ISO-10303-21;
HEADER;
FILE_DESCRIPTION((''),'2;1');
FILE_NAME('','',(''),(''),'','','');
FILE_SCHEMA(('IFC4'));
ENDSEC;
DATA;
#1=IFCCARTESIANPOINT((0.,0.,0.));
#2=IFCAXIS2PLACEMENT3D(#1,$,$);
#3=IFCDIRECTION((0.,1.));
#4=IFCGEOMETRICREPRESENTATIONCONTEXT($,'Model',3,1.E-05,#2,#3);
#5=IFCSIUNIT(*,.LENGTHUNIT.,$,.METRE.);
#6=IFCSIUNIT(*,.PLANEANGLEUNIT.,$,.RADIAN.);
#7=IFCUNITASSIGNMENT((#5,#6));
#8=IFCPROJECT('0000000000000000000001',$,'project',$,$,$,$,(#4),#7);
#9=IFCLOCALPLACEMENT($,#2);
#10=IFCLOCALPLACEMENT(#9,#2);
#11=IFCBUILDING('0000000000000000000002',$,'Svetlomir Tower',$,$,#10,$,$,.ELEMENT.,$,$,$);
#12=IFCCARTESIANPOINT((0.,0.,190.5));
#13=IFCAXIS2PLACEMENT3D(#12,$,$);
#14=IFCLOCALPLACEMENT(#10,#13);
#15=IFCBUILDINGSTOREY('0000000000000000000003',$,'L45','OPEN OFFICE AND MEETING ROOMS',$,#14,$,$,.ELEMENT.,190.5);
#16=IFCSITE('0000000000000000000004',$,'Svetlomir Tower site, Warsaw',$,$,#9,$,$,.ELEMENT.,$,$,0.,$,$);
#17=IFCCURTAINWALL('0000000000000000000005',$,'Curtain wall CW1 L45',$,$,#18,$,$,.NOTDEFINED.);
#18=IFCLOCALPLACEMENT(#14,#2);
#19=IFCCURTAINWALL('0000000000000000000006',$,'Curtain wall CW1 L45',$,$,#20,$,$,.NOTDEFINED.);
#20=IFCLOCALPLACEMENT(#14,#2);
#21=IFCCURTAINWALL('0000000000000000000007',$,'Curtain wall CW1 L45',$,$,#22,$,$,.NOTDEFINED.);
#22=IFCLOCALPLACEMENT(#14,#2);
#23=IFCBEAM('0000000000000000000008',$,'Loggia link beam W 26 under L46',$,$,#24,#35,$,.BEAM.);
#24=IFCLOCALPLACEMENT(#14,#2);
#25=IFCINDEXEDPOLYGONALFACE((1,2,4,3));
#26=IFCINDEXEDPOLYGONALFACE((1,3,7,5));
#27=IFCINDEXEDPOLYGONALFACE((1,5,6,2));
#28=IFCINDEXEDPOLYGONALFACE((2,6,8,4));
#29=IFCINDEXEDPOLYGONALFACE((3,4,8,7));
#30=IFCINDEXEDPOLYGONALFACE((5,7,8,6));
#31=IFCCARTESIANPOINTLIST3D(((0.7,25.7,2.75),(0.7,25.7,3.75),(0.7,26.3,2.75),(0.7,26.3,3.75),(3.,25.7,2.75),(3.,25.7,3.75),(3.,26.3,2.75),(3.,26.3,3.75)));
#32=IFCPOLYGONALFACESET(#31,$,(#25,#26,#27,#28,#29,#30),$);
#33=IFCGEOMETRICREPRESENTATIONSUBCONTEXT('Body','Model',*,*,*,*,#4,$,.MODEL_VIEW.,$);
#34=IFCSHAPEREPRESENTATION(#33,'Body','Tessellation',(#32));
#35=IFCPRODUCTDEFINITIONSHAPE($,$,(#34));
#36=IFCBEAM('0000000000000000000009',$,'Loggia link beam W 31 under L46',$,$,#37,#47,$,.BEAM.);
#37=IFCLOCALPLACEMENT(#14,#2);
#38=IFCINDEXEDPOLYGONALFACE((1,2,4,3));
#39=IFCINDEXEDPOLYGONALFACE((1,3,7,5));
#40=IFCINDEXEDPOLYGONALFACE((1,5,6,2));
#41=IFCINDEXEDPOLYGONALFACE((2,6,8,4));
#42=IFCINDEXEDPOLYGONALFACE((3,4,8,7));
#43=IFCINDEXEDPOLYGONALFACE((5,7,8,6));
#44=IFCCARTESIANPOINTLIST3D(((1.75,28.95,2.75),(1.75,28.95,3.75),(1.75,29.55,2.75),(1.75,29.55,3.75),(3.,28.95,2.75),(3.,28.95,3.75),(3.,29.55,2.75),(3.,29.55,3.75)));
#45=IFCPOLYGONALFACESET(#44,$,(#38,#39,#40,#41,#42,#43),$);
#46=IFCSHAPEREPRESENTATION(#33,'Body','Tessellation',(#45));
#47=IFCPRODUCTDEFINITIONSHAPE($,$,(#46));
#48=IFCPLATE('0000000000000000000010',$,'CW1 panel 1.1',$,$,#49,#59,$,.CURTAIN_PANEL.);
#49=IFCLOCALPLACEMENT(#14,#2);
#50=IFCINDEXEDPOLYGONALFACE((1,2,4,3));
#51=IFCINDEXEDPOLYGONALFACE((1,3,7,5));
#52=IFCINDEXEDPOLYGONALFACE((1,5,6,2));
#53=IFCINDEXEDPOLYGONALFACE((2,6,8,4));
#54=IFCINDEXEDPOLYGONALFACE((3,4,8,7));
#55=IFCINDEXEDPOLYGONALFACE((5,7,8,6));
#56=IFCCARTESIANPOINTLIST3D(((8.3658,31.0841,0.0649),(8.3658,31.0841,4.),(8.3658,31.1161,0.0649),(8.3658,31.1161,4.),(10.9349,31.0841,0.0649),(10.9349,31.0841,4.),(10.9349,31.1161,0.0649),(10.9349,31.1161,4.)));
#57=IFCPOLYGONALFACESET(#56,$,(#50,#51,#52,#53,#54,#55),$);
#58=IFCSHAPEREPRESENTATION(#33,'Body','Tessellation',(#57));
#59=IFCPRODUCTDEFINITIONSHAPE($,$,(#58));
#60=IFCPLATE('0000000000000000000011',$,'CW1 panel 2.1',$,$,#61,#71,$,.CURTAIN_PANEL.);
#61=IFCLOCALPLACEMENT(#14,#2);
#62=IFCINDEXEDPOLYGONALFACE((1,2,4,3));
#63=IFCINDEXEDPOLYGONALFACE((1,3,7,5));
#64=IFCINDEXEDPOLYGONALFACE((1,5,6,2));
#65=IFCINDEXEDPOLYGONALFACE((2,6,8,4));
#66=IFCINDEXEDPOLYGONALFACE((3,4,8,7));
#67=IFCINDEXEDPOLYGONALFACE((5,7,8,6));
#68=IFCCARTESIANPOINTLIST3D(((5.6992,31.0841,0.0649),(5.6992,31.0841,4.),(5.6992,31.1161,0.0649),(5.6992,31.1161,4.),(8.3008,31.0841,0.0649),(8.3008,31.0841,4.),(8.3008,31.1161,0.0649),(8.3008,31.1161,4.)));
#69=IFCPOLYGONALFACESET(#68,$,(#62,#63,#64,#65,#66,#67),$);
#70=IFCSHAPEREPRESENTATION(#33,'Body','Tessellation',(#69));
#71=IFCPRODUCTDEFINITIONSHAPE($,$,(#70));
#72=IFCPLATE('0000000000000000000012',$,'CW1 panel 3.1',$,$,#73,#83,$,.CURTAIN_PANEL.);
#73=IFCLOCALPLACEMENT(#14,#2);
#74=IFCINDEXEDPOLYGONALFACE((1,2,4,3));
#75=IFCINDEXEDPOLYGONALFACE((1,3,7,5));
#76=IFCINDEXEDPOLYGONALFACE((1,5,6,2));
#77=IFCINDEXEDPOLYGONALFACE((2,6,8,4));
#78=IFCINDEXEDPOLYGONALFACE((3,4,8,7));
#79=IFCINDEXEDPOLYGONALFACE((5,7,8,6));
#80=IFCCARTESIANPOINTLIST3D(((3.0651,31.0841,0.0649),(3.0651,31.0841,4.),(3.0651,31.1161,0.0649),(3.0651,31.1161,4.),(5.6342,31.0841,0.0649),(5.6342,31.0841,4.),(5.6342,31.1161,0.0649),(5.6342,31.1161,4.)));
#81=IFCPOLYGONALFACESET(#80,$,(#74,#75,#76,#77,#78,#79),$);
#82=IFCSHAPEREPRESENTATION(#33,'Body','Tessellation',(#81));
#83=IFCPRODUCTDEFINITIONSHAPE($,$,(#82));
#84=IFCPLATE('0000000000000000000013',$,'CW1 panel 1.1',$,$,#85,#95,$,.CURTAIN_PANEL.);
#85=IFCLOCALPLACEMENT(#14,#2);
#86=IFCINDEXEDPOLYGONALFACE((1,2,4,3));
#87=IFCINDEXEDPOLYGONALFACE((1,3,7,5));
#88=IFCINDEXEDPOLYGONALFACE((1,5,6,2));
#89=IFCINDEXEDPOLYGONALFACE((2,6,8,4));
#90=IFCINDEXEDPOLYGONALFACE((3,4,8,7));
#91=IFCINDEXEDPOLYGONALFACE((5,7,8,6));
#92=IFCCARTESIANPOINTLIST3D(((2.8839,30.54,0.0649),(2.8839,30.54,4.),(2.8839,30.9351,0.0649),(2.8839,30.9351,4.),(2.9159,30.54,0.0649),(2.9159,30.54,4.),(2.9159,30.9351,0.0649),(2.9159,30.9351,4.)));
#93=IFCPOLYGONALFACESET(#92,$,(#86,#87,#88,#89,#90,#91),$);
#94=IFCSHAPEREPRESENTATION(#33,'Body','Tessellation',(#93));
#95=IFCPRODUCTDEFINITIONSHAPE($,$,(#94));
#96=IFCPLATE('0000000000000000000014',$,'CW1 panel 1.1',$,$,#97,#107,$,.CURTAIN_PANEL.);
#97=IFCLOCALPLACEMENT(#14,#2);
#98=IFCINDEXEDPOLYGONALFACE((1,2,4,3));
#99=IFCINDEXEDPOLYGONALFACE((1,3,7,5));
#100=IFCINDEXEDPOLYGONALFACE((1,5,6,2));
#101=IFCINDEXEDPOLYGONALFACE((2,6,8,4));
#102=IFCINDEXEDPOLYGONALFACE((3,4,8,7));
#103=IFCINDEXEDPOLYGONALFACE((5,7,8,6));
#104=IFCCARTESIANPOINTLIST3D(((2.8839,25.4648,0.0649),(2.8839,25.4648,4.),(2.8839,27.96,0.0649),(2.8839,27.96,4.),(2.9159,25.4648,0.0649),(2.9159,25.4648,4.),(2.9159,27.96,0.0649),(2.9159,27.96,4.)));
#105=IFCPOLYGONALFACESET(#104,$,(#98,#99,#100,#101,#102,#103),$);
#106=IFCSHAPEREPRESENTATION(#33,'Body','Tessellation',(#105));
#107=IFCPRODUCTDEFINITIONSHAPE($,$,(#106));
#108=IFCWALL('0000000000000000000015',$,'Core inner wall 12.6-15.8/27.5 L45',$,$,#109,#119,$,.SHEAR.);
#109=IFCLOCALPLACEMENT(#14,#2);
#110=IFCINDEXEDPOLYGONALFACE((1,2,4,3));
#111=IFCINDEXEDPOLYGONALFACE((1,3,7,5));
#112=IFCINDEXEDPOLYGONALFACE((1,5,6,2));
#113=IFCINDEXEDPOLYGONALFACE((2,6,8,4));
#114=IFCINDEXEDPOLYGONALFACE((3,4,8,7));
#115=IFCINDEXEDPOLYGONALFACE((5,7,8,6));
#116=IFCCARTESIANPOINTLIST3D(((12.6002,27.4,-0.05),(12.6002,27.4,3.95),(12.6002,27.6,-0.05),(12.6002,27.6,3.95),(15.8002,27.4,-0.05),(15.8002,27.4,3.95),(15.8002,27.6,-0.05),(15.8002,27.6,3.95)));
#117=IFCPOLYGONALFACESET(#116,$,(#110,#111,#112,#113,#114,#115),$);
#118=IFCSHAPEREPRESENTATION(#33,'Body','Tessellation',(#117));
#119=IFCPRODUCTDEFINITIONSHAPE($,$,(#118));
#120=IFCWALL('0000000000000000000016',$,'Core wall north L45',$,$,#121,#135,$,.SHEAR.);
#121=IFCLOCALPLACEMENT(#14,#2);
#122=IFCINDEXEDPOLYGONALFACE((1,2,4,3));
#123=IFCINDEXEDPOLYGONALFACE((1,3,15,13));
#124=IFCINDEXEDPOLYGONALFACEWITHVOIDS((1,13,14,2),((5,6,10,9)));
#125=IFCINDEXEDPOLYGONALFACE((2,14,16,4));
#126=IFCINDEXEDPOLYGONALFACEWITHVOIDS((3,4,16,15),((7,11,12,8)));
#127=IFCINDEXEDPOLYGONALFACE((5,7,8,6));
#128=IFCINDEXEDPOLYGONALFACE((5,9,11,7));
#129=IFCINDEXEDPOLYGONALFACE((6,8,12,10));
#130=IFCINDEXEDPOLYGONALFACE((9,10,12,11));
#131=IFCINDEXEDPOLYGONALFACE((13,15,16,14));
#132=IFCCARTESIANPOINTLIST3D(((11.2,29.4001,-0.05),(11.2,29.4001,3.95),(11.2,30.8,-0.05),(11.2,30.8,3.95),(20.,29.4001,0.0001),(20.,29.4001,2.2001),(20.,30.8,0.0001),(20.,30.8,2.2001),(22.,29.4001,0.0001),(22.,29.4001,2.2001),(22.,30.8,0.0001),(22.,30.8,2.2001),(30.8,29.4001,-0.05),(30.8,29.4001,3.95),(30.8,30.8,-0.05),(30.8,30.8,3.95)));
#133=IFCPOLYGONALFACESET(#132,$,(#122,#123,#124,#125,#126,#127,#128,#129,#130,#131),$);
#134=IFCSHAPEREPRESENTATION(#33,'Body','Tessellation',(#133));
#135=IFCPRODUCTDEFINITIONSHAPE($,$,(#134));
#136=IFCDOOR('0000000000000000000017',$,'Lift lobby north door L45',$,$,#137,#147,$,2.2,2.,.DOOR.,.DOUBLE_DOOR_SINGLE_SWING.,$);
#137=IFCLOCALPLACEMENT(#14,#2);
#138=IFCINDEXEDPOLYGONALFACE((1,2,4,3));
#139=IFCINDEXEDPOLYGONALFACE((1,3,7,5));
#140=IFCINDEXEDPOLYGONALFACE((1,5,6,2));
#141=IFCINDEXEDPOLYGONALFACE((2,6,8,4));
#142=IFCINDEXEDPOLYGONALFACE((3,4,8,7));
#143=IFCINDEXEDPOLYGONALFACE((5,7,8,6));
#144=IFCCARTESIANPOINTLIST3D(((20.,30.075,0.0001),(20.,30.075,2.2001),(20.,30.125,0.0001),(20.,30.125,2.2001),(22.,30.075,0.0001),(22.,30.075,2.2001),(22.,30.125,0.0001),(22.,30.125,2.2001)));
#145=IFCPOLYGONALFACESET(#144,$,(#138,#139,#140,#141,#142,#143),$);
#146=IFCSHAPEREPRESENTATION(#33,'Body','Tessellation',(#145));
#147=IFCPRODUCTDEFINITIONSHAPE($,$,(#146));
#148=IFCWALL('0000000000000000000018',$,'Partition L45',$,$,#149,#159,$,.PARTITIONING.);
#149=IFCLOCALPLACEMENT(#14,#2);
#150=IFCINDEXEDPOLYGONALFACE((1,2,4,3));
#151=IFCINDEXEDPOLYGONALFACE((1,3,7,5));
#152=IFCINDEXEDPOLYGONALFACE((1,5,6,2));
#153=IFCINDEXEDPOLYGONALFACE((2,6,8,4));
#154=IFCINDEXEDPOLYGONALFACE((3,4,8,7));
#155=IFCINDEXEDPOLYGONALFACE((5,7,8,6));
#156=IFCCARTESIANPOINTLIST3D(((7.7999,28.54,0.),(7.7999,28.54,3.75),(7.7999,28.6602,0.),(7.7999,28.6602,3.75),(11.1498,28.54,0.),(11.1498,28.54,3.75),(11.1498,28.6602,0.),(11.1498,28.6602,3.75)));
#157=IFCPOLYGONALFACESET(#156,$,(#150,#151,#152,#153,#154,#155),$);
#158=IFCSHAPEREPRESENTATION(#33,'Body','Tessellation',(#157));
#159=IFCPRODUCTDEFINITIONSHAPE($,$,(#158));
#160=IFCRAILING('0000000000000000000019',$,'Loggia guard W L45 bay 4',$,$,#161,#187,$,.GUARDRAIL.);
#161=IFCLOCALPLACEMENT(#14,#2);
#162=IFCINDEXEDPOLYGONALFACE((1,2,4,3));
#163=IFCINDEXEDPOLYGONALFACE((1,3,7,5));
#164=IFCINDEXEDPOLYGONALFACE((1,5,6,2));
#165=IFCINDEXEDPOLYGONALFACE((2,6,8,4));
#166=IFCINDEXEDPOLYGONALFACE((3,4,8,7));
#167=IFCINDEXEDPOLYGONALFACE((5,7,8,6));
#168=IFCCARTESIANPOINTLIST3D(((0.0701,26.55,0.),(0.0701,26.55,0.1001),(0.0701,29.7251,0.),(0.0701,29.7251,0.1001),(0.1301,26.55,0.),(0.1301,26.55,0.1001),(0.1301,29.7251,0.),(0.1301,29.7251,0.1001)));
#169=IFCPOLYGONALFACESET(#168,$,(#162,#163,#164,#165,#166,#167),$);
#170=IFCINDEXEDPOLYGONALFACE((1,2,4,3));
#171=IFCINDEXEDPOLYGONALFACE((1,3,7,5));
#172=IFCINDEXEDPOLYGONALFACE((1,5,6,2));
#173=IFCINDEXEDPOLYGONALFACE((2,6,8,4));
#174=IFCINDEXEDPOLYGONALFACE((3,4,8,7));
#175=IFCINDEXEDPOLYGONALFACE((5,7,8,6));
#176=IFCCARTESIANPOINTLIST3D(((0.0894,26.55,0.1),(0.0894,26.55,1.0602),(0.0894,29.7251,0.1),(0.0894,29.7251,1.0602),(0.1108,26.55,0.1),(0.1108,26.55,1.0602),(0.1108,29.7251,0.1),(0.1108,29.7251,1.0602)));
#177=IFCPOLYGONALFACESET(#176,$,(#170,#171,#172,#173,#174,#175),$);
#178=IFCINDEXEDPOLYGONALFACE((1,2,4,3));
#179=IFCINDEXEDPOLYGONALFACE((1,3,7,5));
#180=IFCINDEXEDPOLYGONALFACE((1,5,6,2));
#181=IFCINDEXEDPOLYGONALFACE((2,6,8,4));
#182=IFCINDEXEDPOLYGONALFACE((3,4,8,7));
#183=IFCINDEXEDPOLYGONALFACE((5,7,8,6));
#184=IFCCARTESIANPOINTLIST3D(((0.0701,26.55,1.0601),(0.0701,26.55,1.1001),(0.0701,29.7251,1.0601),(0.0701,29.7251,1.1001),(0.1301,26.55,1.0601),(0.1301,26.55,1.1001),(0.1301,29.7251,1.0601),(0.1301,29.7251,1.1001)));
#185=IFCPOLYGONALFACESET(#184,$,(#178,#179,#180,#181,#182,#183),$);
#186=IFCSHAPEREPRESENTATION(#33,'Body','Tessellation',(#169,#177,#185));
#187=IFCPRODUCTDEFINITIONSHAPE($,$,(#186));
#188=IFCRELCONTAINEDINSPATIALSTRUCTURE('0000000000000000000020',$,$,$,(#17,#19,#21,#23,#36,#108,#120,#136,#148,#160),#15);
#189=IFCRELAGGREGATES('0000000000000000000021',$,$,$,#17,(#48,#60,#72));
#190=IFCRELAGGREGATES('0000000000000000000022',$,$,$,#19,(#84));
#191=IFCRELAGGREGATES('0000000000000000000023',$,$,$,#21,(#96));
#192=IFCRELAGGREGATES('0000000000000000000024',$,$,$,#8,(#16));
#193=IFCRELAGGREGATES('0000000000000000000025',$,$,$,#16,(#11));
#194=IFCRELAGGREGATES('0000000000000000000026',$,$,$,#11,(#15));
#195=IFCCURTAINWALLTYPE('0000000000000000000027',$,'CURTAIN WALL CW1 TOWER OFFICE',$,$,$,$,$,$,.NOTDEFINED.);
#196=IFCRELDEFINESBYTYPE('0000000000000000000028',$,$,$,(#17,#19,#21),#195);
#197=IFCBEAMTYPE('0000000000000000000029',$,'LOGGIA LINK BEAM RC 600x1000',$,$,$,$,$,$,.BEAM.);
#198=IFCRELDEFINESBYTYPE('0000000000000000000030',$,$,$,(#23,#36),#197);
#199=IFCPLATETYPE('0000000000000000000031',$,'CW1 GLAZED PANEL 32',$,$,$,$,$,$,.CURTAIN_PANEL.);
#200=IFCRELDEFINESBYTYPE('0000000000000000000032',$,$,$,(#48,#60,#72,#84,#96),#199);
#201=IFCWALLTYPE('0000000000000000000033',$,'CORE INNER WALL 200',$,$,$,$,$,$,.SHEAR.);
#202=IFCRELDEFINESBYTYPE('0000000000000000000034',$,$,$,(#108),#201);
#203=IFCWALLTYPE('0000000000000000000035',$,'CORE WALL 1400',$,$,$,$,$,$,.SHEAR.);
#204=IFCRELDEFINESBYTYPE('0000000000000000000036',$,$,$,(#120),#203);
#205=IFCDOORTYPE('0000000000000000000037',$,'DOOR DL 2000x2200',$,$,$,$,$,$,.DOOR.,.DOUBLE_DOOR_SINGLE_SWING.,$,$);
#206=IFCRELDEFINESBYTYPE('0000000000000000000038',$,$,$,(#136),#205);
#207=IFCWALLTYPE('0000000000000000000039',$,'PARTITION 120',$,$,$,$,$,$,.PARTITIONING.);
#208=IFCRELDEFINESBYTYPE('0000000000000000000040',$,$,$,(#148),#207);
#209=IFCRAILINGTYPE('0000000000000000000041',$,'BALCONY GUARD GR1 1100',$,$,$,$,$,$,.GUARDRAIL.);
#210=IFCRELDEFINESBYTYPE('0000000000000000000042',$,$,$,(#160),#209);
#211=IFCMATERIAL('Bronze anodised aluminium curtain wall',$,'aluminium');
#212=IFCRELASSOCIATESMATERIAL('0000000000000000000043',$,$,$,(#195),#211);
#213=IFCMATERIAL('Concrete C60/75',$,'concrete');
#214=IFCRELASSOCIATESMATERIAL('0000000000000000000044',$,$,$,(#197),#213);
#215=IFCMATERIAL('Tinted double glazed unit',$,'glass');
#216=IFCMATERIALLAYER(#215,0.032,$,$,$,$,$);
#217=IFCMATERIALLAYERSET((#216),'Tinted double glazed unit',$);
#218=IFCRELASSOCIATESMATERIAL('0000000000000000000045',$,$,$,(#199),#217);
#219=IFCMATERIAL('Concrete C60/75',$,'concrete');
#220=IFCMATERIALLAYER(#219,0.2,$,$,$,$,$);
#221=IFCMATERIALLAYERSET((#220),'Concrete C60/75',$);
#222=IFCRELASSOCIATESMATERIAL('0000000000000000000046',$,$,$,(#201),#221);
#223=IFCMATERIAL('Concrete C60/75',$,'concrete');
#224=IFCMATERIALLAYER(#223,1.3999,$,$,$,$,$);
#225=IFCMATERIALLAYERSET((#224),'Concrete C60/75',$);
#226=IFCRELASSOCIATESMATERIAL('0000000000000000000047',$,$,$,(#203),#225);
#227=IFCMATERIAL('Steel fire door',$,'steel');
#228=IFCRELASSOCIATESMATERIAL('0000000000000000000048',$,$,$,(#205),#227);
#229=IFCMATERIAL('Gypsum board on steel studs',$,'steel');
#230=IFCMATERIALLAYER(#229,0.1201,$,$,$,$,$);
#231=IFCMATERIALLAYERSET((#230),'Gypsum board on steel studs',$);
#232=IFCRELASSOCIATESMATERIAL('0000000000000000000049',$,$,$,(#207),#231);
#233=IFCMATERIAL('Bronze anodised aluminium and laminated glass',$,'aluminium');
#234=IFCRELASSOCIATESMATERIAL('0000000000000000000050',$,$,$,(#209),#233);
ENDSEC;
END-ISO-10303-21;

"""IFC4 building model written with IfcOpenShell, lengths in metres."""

from ifc_helpers import new_model, si_unit, direction, frame, frame_2d, origin, origin_2d, place, context, subcontext, project, spatial, rectangle, extrude, material, layer, layer_set, material_profile, profile_set, type_object, element, fill, aggregate, save


model = new_model("IFC4")

# Units and contexts
model_context = context("Model", 3, precision=1e-05, world=origin(), true_north=direction((0.0, 1.0)))
body_context = subcontext(model_context, "Body", "Model", "MODEL_VIEW")
ifc_project = project(units=[si_unit("LENGTHUNIT", "METRE"), si_unit("PLANEANGLEUNIT", "RADIAN")], contexts=[model_context])

# Site, building, storey
site_placement = place(None, origin())
site = spatial("IfcSite", under=ifc_project, at=site_placement, Name="Svetlomir Tower site, Warsaw", CompositionType="ELEMENT", RefElevation=0.0)
building_placement = place(site_placement, origin())
building = spatial("IfcBuilding", under=site, at=building_placement, Name="Svetlomir Tower", CompositionType="ELEMENT")
storey_placement = place(building_placement, frame((0.0, 0.0, 190.5)))
storey = spatial("IfcBuildingStorey", under=building, at=storey_placement, Name="L45", Description="OPEN OFFICE AND MEETING ROOMS", CompositionType="ELEMENT", Elevation=190.5)

# Shared definitions
ifc_material_1 = material(Name="Bronze anodised aluminium curtain wall", Category="aluminium")
curtain_wall_type = type_object("IfcCurtainWallType", Name="CURTAIN WALL CW1 TOWER OFFICE", PredefinedType="NOTDEFINED", material=ifc_material_1)

# Curtain walls
curtain_wall_1_placement = place(storey_placement, origin())
curtain_wall_1 = element("IfcCurtainWall", 1, at=curtain_wall_1_placement, inside=storey, type_object=curtain_wall_type, Name="Curtain wall CW1 L45", PredefinedType="NOTDEFINED")
curtain_wall_2_placement = place(storey_placement, origin())
curtain_wall_2 = element("IfcCurtainWall", 2, at=curtain_wall_2_placement, inside=storey, type_object=curtain_wall_type, Name="Curtain wall CW1 L45", PredefinedType="NOTDEFINED")

# Curtain wall
curtain_wall_3_placement = place(storey_placement, origin())
curtain_wall_3 = element("IfcCurtainWall", 3, at=curtain_wall_3_placement, inside=storey, type_object=curtain_wall_type, Name="Curtain wall CW1 L45", PredefinedType="NOTDEFINED")

# Beams
ifc_material_2 = material(Name="Concrete C60/75", Category="concrete")
ifc_material_profile_1 = material_profile(ifc_material_2, rectangle(XDim=0.6001, YDim=1.0, at=origin_2d()), Name="RC 600x1000")
ifc_profile_set_1 = profile_set([ifc_material_profile_1], Name="Concrete C60/75")
beam_type_1 = type_object("IfcBeamType", Name="LOGGIA LINK BEAM RC 600x1000", PredefinedType="BEAM", material=ifc_profile_set_1)
beam_1_placement = place(storey_placement, frame((0.7, 26.0, 3.25), z_axis=(1.0, 0.0, 0.0), x_axis=(0.0, 1.0, 0.0)))
element("IfcBeam", 4, at=beam_1_placement, inside=storey, type_object=beam_type_1, Name="Loggia link beam W 26 under L46", PredefinedType="BEAM", context=body_context, shape_type="SweptSolid", body=[
    extrude(rectangle(XDim=0.6001, YDim=1.0, at=origin_2d()), origin(), (0.0, 0.0, 1.0), 2.3),
])
beam_2_placement = place(storey_placement, frame((1.75, 29.25, 3.25), z_axis=(1.0, 0.0, 0.0), x_axis=(0.0, 1.0, 0.0)))
element("IfcBeam", 5, at=beam_2_placement, inside=storey, type_object=beam_type_1, Name="Loggia link beam W 31 under L46", PredefinedType="BEAM", context=body_context, shape_type="SweptSolid", body=[
    extrude(rectangle(XDim=0.6001, YDim=1.0, at=origin_2d()), origin(), (0.0, 0.0, 1.0), 1.25),
])

# Plates
ifc_material_3 = material(Name="Tinted double glazed unit", Category="glass")
ifc_layer_1 = layer(ifc_material_3, 0.032)
ifc_layer_set_1 = layer_set([ifc_layer_1], Name="Tinted double glazed unit")
plate_type = type_object("IfcPlateType", Name="CW1 GLAZED PANEL 32", PredefinedType="CURTAIN_PANEL", material=ifc_layer_set_1)
plate_1_placement = place(storey_placement, frame((9.6504, 31.1001, 0.0649), z_axis=(0.0, 0.0, 1.0), x_axis=(-1.0, 0.0, 0.0)))
plate_1 = element("IfcPlate", 6, at=plate_1_placement, type_object=plate_type, Name="CW1 panel 1.1", PredefinedType="CURTAIN_PANEL", context=body_context, shape_type="SweptSolid", body=[
    extrude(rectangle(XDim=2.5691, YDim=0.032, at=origin_2d()), origin(), (0.0, 0.0, 1.0), 3.9351),
])
plate_2_placement = place(storey_placement, frame((7.0, 31.1001, 0.0649), z_axis=(0.0, 0.0, 1.0), x_axis=(-1.0, 0.0, 0.0)))
plate_2 = element("IfcPlate", 7, at=plate_2_placement, type_object=plate_type, Name="CW1 panel 2.1", PredefinedType="CURTAIN_PANEL", context=body_context, shape_type="SweptSolid", body=[
    extrude(rectangle(XDim=2.6016, YDim=0.032, at=origin_2d()), origin(), (0.0, 0.0, 1.0), 3.9351),
])
plate_3_placement = place(storey_placement, frame((4.3496, 31.1001, 0.0649), z_axis=(0.0, 0.0, 1.0), x_axis=(-1.0, 0.0, 0.0)))
plate_3 = element("IfcPlate", 8, at=plate_3_placement, type_object=plate_type, Name="CW1 panel 3.1", PredefinedType="CURTAIN_PANEL", context=body_context, shape_type="SweptSolid", body=[
    extrude(rectangle(XDim=2.5691, YDim=0.032, at=origin_2d()), origin(), (0.0, 0.0, 1.0), 3.9351),
])
aggregate(curtain_wall_1, [plate_1, plate_2, plate_3])
plate_4_placement = place(storey_placement, frame((2.8999, 30.7375, 0.0649), z_axis=(0.0, 0.0, 1.0), x_axis=(0.0, -1.0, 0.0)))
plate_4 = element("IfcPlate", 9, at=plate_4_placement, type_object=plate_type, Name="CW1 panel 1.1", PredefinedType="CURTAIN_PANEL", context=body_context, shape_type="SweptSolid", body=[
    extrude(rectangle(XDim=0.395, YDim=0.032, at=origin_2d()), origin(), (0.0, 0.0, 1.0), 3.9351),
])
aggregate(curtain_wall_2, [plate_4])
plate_5_placement = place(storey_placement, frame((2.8999, 26.7124, 0.0649), z_axis=(0.0, 0.0, 1.0), x_axis=(0.0, -1.0, 0.0)))
plate_5 = element("IfcPlate", 10, at=plate_5_placement, type_object=plate_type, Name="CW1 panel 1.1", PredefinedType="CURTAIN_PANEL", context=body_context, shape_type="SweptSolid", body=[
    extrude(rectangle(XDim=2.4951, YDim=0.032, at=origin_2d()), origin(), (0.0, 0.0, 1.0), 3.9351),
])
aggregate(curtain_wall_3, [plate_5])

# Wall
ifc_material_4 = material(Name="Concrete C60/75", Category="concrete")
ifc_layer_2 = layer(ifc_material_4, 0.2)
ifc_layer_set_2 = layer_set([ifc_layer_2], Name="Concrete C60/75")
wall_type_1 = type_object("IfcWallType", Name="CORE INNER WALL 200", PredefinedType="SHEAR", material=ifc_layer_set_2)
wall_1_placement = place(storey_placement, frame((12.6001, 27.5, -0.05), z_axis=(0.0, 0.0, 1.0), x_axis=(1.0, 0.0, 0.0)))
element("IfcWall", 11, at=wall_1_placement, inside=storey, type_object=wall_type_1, Name="Core inner wall 12.6-15.8/27.5 L45", PredefinedType="SHEAR", context=body_context, shape_type="SweptSolid", body=[
    extrude(rectangle(XDim=3.2, YDim=0.2, at=frame_2d((1.6001, 0.0))), origin(), (0.0, 0.0, 1.0), 4.0),
])

# Wall, opening, door
ifc_material_5 = material(Name="Concrete C60/75", Category="concrete")
ifc_layer_3 = layer(ifc_material_5, 1.3999)
ifc_layer_set_3 = layer_set([ifc_layer_3], Name="Concrete C60/75")
wall_type_2 = type_object("IfcWallType", Name="CORE WALL 1400", PredefinedType="SHEAR", material=ifc_layer_set_3)
wall_2_placement = place(storey_placement, frame((11.2, 30.1001, -0.05), z_axis=(0.0, 0.0, 1.0), x_axis=(1.0, 0.0, 0.0)))
wall_2 = element("IfcWall", 12, at=wall_2_placement, inside=storey, type_object=wall_type_2, Name="Core wall north L45", PredefinedType="SHEAR", context=body_context, shape_type="SweptSolid", body=[
    extrude(rectangle(XDim=19.6001, YDim=1.3999, at=frame_2d((9.8, 0.0))), origin(), (0.0, 0.0, 1.0), 4.0),
])
opening_placement = place(wall_2_placement, frame((8.8, 0.0, 0.05)))
opening = element("IfcOpeningElement", 13, at=opening_placement, cuts=wall_2, PredefinedType="OPENING", context=body_context, shape_type="SweptSolid", body=[
    extrude(rectangle(XDim=2.0, YDim=2.2, at=frame_2d((1.0, 1.1001))), frame((0.0, 0.71, 0.0), z_axis=(0.0, -1.0, 0.0), x_axis=(1.0, 0.0, 0.0)), (0.0, 0.0, 1.0), 1.4199),
])
ifc_material_6 = material(Name="Steel fire door", Category="steel")
door_type = type_object("IfcDoorType", Name="DOOR DL 2000x2200", OperationType="DOUBLE_DOOR_SINGLE_SWING", PredefinedType="DOOR", material=ifc_material_6)
door_placement = place(opening_placement, origin())
door = element("IfcDoor", 14, at=door_placement, inside=storey, type_object=door_type, Name="Lift lobby north door L45", OperationType="DOUBLE_DOOR_SINGLE_SWING", OverallHeight=2.2, OverallWidth=2.0, PredefinedType="DOOR", context=body_context, shape_type="SweptSolid", body=[
    extrude(rectangle(XDim=2.0, YDim=2.2, at=frame_2d((1.0, 1.1001))), frame((0.0, 0.0249, 0.0), z_axis=(0.0, -1.0, 0.0), x_axis=(1.0, 0.0, 0.0)), (0.0, 0.0, 1.0), 0.05),
])
fill(opening, door)

# Wall
ifc_material_7 = material(Name="Gypsum board on steel studs", Category="steel")
ifc_layer_4 = layer(ifc_material_7, 0.1201)
ifc_layer_set_4 = layer_set([ifc_layer_4], Name="Gypsum board on steel studs")
wall_type_3 = type_object("IfcWallType", Name="PARTITION 120", PredefinedType="PARTITIONING", material=ifc_layer_set_4)
wall_3_placement = place(storey_placement, frame((7.8, 28.6001, 0.0), z_axis=(0.0, 0.0, 1.0), x_axis=(1.0, 0.0, 0.0)))
element("IfcWall", 15, at=wall_3_placement, inside=storey, type_object=wall_type_3, Name="Partition L45", PredefinedType="PARTITIONING", context=body_context, shape_type="SweptSolid", body=[
    extrude(rectangle(XDim=3.3499, YDim=0.1201, at=frame_2d((1.6748, 0.0))), origin(), (0.0, 0.0, 1.0), 3.75),
])

# Railing
ifc_material_8 = material(Name="Bronze anodised aluminium and laminated glass", Category="aluminium")
railing_type = type_object("IfcRailingType", Name="BALCONY GUARD GR1 1100", PredefinedType="GUARDRAIL", material=ifc_material_8)
railing_1_placement = place(storey_placement, frame((0.1001, 26.55, 0.0)))
element("IfcRailing", 16, at=railing_1_placement, inside=storey, type_object=railing_type, Name="Loggia guard W L45 bay 4", PredefinedType="GUARDRAIL", context=body_context, shape_type="SweptSolid", body=[
    extrude(rectangle(XDim=0.0601, YDim=0.1001, at=origin_2d()), frame((0.0, 0.0, 0.05), z_axis=(0.0, 1.0, 0.0), x_axis=(-1.0, 0.0, 0.0)), (0.0, 0.0, 1.0), 3.175),
    extrude(rectangle(XDim=0.0215, YDim=0.9602, at=origin_2d()), frame((0.0, 0.0, 0.5801), z_axis=(0.0, 1.0, 0.0), x_axis=(-1.0, 0.0, 0.0)), (0.0, 0.0, 1.0), 3.175),
    extrude(rectangle(XDim=0.0601, YDim=0.04, at=origin_2d()), frame((0.0, 0.0, 1.0801), z_axis=(0.0, 1.0, 0.0), x_axis=(-1.0, 0.0, 0.0)), (0.0, 0.0, 1.0), 3.175),
])

save(model, "model.ifc")
